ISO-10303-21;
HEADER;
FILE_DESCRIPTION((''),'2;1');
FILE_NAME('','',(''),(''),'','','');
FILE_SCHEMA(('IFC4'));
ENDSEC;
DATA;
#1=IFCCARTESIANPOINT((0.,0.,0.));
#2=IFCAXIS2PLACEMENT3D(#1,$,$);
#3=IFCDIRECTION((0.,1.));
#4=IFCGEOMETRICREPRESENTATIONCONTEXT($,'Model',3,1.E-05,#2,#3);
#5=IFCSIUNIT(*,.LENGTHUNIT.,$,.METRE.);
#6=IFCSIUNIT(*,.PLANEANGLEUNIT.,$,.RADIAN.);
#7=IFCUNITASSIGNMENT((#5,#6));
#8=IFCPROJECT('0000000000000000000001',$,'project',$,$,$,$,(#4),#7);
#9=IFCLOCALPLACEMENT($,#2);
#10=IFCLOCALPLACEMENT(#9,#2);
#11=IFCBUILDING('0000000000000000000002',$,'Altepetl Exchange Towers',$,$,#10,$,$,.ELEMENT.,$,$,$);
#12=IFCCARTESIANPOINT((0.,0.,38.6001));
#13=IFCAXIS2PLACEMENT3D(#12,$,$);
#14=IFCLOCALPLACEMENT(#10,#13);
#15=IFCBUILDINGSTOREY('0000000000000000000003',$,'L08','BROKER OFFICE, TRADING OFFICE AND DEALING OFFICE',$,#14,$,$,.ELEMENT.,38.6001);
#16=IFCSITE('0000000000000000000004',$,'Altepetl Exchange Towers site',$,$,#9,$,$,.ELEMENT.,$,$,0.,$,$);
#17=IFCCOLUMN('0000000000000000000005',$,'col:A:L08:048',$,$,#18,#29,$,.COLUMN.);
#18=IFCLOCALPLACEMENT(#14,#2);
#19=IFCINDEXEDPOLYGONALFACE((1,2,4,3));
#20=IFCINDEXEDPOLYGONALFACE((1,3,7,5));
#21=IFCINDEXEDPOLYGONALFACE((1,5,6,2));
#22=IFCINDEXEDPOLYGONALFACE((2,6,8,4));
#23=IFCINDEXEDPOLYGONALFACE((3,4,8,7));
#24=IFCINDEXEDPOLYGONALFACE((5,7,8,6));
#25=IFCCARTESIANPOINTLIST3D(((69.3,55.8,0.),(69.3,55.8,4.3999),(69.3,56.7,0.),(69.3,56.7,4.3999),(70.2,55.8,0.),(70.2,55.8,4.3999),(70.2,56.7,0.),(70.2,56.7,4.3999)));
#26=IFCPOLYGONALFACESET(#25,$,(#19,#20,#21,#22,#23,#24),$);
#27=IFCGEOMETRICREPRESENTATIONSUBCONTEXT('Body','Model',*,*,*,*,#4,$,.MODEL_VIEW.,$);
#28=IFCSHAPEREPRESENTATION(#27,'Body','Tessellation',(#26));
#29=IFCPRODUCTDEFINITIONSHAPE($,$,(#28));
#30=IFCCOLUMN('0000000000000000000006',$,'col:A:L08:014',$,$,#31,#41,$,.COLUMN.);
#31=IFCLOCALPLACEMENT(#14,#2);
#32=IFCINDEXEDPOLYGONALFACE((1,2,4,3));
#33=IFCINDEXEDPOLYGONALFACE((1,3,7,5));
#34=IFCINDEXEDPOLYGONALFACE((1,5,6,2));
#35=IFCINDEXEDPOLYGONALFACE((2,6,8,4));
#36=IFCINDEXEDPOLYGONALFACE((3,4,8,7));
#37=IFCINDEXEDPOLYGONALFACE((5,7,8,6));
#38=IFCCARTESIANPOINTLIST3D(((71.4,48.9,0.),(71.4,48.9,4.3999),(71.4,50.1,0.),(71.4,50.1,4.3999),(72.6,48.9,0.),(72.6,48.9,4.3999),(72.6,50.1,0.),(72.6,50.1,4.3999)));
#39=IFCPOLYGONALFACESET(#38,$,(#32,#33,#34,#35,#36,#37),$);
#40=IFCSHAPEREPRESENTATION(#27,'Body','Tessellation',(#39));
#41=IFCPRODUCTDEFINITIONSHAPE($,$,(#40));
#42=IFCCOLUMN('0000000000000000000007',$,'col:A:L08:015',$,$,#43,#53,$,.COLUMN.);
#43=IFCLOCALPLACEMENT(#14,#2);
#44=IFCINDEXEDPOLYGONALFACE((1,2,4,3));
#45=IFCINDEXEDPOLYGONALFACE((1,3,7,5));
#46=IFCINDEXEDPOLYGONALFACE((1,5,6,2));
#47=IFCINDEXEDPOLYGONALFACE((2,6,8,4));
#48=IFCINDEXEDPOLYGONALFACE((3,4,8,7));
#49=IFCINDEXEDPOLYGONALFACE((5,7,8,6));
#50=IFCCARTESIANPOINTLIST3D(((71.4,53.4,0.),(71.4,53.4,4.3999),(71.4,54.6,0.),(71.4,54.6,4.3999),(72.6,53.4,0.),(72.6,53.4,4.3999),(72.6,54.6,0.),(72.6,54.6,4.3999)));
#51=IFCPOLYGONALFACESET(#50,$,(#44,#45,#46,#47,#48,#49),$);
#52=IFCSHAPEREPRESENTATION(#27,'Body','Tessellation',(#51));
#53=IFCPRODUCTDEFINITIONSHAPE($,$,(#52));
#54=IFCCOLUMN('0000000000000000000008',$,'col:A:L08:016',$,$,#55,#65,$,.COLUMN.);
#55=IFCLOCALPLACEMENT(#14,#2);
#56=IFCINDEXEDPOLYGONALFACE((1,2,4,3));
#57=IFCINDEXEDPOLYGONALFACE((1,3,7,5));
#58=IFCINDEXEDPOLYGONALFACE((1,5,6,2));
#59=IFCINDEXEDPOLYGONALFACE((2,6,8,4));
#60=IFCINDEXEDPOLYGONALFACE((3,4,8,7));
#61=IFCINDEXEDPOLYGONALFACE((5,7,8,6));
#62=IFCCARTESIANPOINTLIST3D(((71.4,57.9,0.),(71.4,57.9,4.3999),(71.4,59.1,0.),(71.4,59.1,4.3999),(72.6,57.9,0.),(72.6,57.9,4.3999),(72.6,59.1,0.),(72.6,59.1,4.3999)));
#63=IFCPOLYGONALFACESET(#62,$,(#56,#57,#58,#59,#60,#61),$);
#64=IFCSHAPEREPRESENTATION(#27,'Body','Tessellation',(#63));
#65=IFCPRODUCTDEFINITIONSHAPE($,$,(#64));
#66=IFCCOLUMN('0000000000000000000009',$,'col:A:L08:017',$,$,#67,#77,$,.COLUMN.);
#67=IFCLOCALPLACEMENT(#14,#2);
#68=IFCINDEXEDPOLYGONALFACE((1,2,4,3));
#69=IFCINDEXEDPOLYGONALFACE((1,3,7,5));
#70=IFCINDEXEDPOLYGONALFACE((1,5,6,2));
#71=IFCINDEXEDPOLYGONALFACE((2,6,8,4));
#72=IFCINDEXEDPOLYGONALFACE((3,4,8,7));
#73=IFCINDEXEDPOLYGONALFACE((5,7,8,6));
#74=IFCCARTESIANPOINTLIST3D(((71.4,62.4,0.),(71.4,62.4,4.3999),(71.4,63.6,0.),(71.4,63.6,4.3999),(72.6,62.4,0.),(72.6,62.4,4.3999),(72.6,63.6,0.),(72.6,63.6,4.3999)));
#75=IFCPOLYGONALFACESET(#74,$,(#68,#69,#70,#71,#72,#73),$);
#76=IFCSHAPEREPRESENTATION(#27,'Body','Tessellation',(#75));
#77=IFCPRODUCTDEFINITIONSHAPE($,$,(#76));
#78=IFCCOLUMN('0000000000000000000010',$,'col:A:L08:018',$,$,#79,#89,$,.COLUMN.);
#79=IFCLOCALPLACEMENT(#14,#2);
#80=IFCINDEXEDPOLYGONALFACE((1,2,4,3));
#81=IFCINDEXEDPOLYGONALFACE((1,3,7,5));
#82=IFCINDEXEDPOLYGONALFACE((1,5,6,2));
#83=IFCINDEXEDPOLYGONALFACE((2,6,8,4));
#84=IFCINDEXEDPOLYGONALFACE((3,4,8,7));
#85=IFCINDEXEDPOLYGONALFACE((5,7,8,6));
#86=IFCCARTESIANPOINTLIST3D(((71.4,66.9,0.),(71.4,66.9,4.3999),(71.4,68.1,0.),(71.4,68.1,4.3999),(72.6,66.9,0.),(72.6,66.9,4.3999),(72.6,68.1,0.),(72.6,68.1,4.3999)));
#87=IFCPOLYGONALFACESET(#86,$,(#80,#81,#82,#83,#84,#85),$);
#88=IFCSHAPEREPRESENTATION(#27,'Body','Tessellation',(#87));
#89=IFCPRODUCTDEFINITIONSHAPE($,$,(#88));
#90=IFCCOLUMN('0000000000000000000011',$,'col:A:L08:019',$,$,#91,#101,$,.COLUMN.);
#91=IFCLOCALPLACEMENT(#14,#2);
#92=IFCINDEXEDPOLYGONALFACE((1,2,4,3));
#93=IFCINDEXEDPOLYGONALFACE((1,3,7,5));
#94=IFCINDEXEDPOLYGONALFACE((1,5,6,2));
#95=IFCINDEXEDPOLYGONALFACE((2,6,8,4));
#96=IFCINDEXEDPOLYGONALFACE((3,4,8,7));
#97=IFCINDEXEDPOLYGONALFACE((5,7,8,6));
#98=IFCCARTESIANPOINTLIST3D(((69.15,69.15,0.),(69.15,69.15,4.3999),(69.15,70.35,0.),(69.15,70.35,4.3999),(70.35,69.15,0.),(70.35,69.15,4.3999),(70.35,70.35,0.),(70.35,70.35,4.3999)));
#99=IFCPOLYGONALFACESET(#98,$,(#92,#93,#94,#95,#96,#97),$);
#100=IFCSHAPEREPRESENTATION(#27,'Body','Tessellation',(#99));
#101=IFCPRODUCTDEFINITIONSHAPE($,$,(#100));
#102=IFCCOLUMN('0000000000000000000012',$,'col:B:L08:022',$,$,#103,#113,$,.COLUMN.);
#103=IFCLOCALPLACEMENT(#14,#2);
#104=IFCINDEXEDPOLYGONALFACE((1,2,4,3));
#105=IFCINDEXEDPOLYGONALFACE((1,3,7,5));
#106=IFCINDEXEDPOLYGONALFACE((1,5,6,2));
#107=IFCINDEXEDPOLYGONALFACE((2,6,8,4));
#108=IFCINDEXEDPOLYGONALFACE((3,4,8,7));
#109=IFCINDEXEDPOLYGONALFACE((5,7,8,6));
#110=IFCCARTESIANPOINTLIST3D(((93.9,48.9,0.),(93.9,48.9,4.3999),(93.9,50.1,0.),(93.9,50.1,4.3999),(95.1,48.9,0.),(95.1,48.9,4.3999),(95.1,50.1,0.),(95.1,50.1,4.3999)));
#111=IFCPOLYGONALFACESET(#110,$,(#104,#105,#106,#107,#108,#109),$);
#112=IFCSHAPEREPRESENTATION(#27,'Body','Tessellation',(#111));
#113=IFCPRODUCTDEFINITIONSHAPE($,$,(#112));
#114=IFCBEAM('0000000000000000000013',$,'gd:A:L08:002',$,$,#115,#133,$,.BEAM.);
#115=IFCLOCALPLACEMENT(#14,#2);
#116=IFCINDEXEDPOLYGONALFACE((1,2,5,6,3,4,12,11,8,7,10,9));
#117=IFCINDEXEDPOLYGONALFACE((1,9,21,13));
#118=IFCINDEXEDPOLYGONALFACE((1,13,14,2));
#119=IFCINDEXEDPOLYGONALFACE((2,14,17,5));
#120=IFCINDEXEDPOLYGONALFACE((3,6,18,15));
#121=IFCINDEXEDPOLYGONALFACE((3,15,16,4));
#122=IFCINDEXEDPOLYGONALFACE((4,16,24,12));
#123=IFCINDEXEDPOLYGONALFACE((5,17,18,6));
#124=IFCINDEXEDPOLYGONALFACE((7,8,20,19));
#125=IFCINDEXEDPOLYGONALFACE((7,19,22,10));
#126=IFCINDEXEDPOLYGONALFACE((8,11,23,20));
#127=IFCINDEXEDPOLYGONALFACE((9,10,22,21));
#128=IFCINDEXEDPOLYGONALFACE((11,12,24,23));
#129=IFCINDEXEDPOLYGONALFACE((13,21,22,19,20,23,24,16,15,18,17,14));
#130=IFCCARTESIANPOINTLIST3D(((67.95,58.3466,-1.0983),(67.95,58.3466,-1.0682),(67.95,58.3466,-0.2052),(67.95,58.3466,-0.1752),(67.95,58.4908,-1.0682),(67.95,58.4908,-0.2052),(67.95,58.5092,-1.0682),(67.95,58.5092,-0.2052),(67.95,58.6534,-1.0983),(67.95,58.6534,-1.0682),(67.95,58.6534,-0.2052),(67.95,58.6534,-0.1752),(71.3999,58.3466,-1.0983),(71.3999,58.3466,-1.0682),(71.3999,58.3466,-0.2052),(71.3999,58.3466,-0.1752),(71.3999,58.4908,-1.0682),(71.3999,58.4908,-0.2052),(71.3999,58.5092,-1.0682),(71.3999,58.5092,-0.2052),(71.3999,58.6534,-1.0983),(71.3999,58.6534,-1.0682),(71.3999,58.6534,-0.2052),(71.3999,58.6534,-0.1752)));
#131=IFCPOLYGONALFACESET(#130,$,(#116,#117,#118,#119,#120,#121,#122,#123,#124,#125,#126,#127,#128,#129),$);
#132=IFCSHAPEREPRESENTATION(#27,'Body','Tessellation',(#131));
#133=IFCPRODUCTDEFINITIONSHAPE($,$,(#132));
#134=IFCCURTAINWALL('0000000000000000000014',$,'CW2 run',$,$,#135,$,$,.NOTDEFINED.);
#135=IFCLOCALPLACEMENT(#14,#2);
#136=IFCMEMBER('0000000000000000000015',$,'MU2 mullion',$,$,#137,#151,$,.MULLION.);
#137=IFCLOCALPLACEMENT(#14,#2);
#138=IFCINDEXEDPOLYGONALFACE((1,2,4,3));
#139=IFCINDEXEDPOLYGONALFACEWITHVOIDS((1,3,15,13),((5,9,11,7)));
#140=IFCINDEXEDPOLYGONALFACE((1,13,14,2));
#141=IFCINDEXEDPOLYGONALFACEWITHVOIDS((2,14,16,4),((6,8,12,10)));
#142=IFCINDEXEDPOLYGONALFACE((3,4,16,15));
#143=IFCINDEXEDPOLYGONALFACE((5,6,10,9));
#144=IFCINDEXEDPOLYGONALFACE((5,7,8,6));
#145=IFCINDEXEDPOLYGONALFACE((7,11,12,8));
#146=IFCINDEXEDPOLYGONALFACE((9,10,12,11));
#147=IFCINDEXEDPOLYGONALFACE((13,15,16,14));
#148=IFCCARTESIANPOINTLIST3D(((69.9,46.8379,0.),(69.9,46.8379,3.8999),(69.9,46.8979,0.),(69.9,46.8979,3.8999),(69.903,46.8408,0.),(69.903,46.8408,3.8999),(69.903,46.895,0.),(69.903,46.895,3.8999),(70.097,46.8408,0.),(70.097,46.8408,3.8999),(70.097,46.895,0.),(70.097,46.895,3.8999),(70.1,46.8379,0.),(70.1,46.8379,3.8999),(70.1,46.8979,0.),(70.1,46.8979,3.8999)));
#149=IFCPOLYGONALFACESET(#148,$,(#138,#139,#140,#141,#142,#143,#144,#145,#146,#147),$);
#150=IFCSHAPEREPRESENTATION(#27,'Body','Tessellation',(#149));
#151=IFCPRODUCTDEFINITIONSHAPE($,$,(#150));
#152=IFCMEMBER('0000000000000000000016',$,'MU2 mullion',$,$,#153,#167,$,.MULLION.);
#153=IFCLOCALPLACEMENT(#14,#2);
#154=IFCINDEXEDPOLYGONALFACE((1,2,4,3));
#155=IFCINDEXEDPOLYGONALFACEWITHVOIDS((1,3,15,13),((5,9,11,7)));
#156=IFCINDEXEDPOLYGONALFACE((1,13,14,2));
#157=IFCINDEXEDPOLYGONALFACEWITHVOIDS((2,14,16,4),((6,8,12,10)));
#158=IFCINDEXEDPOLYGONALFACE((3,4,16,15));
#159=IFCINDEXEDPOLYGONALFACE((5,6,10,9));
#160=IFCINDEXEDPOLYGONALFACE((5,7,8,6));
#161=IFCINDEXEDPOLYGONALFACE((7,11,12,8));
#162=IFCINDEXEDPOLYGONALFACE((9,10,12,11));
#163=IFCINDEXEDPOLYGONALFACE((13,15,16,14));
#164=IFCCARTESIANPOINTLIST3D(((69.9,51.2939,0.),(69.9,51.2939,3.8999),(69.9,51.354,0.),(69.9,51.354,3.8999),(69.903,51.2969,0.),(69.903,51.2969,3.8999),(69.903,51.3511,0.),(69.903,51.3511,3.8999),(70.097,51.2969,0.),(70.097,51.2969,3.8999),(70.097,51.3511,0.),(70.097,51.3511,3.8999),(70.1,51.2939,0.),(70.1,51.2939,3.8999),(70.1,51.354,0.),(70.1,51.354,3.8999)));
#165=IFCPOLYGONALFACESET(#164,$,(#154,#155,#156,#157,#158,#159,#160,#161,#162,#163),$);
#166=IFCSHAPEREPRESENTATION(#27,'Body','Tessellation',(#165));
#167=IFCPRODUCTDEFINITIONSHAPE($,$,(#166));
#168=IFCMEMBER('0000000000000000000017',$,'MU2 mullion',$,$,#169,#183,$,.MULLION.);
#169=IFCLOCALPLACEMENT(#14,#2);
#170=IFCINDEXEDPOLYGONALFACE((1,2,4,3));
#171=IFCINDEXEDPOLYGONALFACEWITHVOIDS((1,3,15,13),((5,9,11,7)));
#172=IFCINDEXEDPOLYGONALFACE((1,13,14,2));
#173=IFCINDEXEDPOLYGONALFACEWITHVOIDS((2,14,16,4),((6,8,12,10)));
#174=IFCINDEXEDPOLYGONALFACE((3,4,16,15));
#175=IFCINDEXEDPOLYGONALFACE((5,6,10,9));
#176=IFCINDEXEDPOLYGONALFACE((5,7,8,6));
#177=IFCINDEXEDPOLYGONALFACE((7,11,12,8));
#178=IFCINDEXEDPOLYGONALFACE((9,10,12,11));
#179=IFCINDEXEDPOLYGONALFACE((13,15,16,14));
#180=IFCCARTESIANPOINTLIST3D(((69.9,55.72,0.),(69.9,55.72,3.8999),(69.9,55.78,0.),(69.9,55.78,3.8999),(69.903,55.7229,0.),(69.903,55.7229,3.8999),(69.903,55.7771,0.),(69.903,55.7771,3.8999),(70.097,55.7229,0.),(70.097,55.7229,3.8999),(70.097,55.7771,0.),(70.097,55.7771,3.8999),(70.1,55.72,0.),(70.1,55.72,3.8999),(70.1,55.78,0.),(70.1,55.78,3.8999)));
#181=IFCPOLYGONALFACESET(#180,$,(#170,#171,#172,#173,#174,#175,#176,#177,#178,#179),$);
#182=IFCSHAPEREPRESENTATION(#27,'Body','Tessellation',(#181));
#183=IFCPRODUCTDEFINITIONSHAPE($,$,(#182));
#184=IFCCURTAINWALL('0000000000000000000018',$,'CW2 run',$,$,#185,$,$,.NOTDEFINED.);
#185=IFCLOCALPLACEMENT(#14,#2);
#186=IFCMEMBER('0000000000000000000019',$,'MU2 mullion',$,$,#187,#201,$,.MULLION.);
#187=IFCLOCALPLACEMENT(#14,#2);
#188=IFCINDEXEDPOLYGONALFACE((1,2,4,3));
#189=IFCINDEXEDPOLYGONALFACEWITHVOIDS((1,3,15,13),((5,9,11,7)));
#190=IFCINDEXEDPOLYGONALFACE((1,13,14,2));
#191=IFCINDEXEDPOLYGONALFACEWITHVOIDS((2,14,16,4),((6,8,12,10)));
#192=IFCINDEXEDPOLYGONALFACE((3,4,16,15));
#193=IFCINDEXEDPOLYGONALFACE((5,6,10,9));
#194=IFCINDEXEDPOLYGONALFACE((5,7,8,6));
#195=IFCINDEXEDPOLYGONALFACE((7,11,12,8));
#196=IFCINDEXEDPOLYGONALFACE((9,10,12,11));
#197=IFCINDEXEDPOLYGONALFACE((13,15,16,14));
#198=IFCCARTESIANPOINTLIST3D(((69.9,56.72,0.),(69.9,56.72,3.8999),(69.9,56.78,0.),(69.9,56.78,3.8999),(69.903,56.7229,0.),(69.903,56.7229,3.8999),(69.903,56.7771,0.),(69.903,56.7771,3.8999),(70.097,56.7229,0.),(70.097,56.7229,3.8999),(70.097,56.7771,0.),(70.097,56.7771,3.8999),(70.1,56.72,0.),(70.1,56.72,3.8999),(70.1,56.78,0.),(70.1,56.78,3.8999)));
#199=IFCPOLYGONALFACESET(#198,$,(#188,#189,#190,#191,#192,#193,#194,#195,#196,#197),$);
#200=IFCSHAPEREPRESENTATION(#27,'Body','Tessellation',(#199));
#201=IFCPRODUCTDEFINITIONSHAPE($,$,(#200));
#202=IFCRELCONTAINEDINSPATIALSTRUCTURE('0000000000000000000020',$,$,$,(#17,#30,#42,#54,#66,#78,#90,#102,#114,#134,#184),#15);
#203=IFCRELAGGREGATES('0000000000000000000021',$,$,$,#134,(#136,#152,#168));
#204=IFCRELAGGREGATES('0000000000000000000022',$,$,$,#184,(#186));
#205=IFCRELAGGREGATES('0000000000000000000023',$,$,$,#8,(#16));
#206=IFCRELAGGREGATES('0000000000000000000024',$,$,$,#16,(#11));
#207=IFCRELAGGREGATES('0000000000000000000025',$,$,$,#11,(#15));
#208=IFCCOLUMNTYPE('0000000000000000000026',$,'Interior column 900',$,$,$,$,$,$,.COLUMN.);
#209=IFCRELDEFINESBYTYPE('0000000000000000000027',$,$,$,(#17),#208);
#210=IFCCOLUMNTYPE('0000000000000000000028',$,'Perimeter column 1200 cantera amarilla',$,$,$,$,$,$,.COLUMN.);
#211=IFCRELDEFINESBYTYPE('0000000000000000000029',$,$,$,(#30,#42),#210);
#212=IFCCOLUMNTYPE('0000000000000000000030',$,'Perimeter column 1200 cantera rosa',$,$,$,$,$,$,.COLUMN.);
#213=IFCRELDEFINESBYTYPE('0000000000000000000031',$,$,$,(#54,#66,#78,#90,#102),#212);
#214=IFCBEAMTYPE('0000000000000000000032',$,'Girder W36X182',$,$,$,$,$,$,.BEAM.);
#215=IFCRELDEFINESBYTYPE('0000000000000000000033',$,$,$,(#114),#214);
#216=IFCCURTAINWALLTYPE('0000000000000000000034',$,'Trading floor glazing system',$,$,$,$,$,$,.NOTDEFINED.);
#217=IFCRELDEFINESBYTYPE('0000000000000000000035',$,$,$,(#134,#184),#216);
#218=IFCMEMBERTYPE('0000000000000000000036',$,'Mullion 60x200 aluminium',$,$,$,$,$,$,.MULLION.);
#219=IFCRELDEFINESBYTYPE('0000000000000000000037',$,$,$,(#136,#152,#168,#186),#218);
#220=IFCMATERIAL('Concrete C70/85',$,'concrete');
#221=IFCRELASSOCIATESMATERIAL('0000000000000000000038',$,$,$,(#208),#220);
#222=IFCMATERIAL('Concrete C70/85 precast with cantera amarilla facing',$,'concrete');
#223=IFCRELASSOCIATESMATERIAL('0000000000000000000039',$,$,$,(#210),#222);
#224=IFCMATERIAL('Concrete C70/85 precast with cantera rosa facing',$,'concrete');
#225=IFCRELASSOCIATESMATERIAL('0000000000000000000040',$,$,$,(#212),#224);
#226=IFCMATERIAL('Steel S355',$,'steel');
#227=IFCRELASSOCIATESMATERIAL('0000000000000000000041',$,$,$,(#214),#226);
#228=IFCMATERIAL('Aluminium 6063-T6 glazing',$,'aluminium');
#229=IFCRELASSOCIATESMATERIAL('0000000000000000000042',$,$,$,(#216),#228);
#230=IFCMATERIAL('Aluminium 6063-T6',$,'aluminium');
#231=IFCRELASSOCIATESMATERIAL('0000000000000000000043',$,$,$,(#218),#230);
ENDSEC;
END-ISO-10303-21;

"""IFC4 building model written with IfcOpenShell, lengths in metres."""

from ifc_helpers import new_model, si_unit, direction, frame, origin, origin_2d, place, context, subcontext, project, spatial, rectangle, hollow_rectangle, i_section, extrude, material, material_profile, profile_set, type_object, element, aggregate, save


model = new_model("IFC4")

# Units and contexts
model_context = context("Model", 3, precision=1e-05, world=origin(), true_north=direction((0.0, 1.0)))
body_context = subcontext(model_context, "Body", "Model", "MODEL_VIEW")
ifc_project = project(units=[si_unit("LENGTHUNIT", "METRE"), si_unit("PLANEANGLEUNIT", "RADIAN")], contexts=[model_context])

# Site, building, storey
site_placement = place(None, origin())
site = spatial("IfcSite", under=ifc_project, at=site_placement, Name="Altepetl Exchange Towers site", CompositionType="ELEMENT", RefElevation=0.0)
building_placement = place(site_placement, origin())
building = spatial("IfcBuilding", under=site, at=building_placement, Name="Altepetl Exchange Towers", CompositionType="ELEMENT")
storey_placement = place(building_placement, frame((0.0, 0.0, 38.6001)))
storey = spatial("IfcBuildingStorey", under=building, at=storey_placement, Name="L08", Description="BROKER OFFICE, TRADING OFFICE AND DEALING OFFICE", CompositionType="ELEMENT", Elevation=38.6001)

# Columns
ifc_material_1 = material(Name="Concrete C70/85", Category="concrete")
ifc_material_profile_1 = material_profile(ifc_material_1, rectangle(XDim=0.8999, YDim=0.8999, at=origin_2d()), Name="900 x 900")
ifc_profile_set_1 = profile_set([ifc_material_profile_1], Name="Concrete C70/85")
column_type_1 = type_object("IfcColumnType", Name="Interior column 900", PredefinedType="COLUMN", material=ifc_profile_set_1)
column_placement = place(storey_placement, frame((69.75, 56.25, 0.0)))
element("IfcColumn", 1, at=column_placement, inside=storey, type_object=column_type_1, Name="col:A:L08:048", PredefinedType="COLUMN", context=body_context, shape_type="SweptSolid", body=[
    extrude(rectangle(XDim=0.8999, YDim=0.8999, at=origin_2d()), origin(), (0.0, 0.0, 1.0), 4.3999),
])
ifc_material_2 = material(Name="Concrete C70/85 precast with cantera amarilla facing", Category="concrete")
ifc_material_profile_2 = material_profile(ifc_material_2, rectangle(XDim=1.2, YDim=1.2, at=origin_2d()), Name="1200 x 1200")
ifc_profile_set_2 = profile_set([ifc_material_profile_2], Name="Concrete C70/85 precast with cantera amarilla facing")
column_type_2 = type_object("IfcColumnType", Name="Perimeter column 1200 cantera amarilla", PredefinedType="COLUMN", material=ifc_profile_set_2)
for number, where, name in (
    (2, (72.0, 49.5, 0.0), "col:A:L08:014"),
    (3, (72.0, 54.0, 0.0), "col:A:L08:015"),
):
    element("IfcColumn", number, at=place(storey_placement, frame(where)), inside=storey, type_object=column_type_2, Name=name, PredefinedType="COLUMN", context=body_context, shape_type="SweptSolid", body=[
        extrude(rectangle(XDim=1.2, YDim=1.2, at=origin_2d()), origin(), (0.0, 0.0, 1.0), 4.3999),
    ])
ifc_material_3 = material(Name="Concrete C70/85 precast with cantera rosa facing", Category="concrete")
ifc_material_profile_3 = material_profile(ifc_material_3, rectangle(XDim=1.2, YDim=1.2, at=origin_2d()), Name="1200 x 1200")
ifc_profile_set_3 = profile_set([ifc_material_profile_3], Name="Concrete C70/85 precast with cantera rosa facing")
column_type_3 = type_object("IfcColumnType", Name="Perimeter column 1200 cantera rosa", PredefinedType="COLUMN", material=ifc_profile_set_3)
for number, where, name in (
    (4, (72.0, 58.5, 0.0), "col:A:L08:016"),
    (5, (72.0, 63.0, 0.0), "col:A:L08:017"),
    (6, (72.0, 67.5, 0.0), "col:A:L08:018"),
    (7, (69.75, 69.75, 0.0), "col:A:L08:019"),
    (8, (94.5, 49.5, 0.0), "col:B:L08:022"),
):
    element("IfcColumn", number, at=place(storey_placement, frame(where)), inside=storey, type_object=column_type_3, Name=name, PredefinedType="COLUMN", context=body_context, shape_type="SweptSolid", body=[
        extrude(rectangle(XDim=1.2, YDim=1.2, at=origin_2d()), origin(), (0.0, 0.0, 1.0), 4.3999),
    ])

# Beam
ifc_material_4 = material(Name="Steel S355", Category="steel")
ifc_material_profile_4 = material_profile(ifc_material_4, i_section(OverallWidth=0.3069, OverallDepth=0.9231, WebThickness=0.0183, FlangeThickness=0.03, at=origin_2d()), Name="W36X182")
ifc_profile_set_4 = profile_set([ifc_material_profile_4], Name="Steel S355")
beam_type_1 = type_object("IfcBeamType", Name="Girder W36X182", PredefinedType="BEAM", material=ifc_profile_set_4)
beam_1_placement = place(storey_placement, frame((67.95, 58.5, -0.6367), z_axis=(1.0, 0.0, 0.0), x_axis=(0.0, 1.0, 0.0)))
element("IfcBeam", 9, at=beam_1_placement, inside=storey, type_object=beam_type_1, Name="gd:A:L08:002", PredefinedType="BEAM", context=body_context, shape_type="SweptSolid", body=[
    extrude(i_section(OverallWidth=0.3069, OverallDepth=0.9231, WebThickness=0.0183, FlangeThickness=0.03, at=origin_2d()), origin(), (0.0, 0.0, 1.0), 3.45),
])

# Curtain walls, members
ifc_material_5 = material(Name="Aluminium 6063-T6 glazing", Category="aluminium")
curtain_wall_type = type_object("IfcCurtainWallType", Name="Trading floor glazing system", PredefinedType="NOTDEFINED", material=ifc_material_5)
curtain_wall_1_placement = place(storey_placement, origin())
curtain_wall_1 = element("IfcCurtainWall", 10, at=curtain_wall_1_placement, inside=storey, type_object=curtain_wall_type, Name="CW2 run", PredefinedType="NOTDEFINED")
ifc_material_6 = material(Name="Aluminium 6063-T6", Category="aluminium")
ifc_material_profile_5 = material_profile(ifc_material_6, hollow_rectangle(XDim=0.0601, YDim=0.2, WallThickness=0.0029, at=origin_2d()), Name="Mullion 60x200 aluminium")
ifc_profile_set_5 = profile_set([ifc_material_profile_5], Name="Aluminium 6063-T6")
member_type = type_object("IfcMemberType", Name="Mullion 60x200 aluminium", PredefinedType="MULLION", material=ifc_profile_set_5)
member_1_placement = place(storey_placement, frame((70.0, 46.8679, 0.0), z_axis=(0.0, 0.0, 1.0), x_axis=(0.0, 1.0, 0.0)))
member_1 = element("IfcMember", 11, at=member_1_placement, type_object=member_type, Name="MU2 mullion", PredefinedType="MULLION", context=body_context, shape_type="SweptSolid", body=[
    extrude(hollow_rectangle(XDim=0.0601, YDim=0.2, WallThickness=0.0029, at=origin_2d()), origin(), (0.0, 0.0, 1.0), 3.8999),
])
member_2_placement = place(storey_placement, frame((70.0, 51.324, 0.0), z_axis=(0.0, 0.0, 1.0), x_axis=(0.0, 1.0, 0.0)))
member_2 = element("IfcMember", 12, at=member_2_placement, type_object=member_type, Name="MU2 mullion", PredefinedType="MULLION", context=body_context, shape_type="SweptSolid", body=[
    extrude(hollow_rectangle(XDim=0.0601, YDim=0.2, WallThickness=0.0029, at=origin_2d()), origin(), (0.0, 0.0, 1.0), 3.8999),
])
member_3_placement = place(storey_placement, frame((70.0, 55.75, 0.0), z_axis=(0.0, 0.0, 1.0), x_axis=(0.0, 1.0, 0.0)))
member_3 = element("IfcMember", 13, at=member_3_placement, type_object=member_type, Name="MU2 mullion", PredefinedType="MULLION", context=body_context, shape_type="SweptSolid", body=[
    extrude(hollow_rectangle(XDim=0.0601, YDim=0.2, WallThickness=0.0029, at=origin_2d()), origin(), (0.0, 0.0, 1.0), 3.8999),
])
curtain_wall_2_placement = place(storey_placement, origin())
curtain_wall_2 = element("IfcCurtainWall", 14, at=curtain_wall_2_placement, inside=storey, type_object=curtain_wall_type, Name="CW2 run", PredefinedType="NOTDEFINED")
member_4_placement = place(storey_placement, frame((70.0, 56.75, 0.0), z_axis=(0.0, 0.0, 1.0), x_axis=(0.0, 1.0, 0.0)))
member_4 = element("IfcMember", 15, at=member_4_placement, type_object=member_type, Name="MU2 mullion", PredefinedType="MULLION", context=body_context, shape_type="SweptSolid", body=[
    extrude(hollow_rectangle(XDim=0.0601, YDim=0.2, WallThickness=0.0029, at=origin_2d()), origin(), (0.0, 0.0, 1.0), 3.8999),
])

aggregate(curtain_wall_1, [member_1, member_2, member_3])
aggregate(curtain_wall_2, [member_4])

save(model, "model.ifc")
